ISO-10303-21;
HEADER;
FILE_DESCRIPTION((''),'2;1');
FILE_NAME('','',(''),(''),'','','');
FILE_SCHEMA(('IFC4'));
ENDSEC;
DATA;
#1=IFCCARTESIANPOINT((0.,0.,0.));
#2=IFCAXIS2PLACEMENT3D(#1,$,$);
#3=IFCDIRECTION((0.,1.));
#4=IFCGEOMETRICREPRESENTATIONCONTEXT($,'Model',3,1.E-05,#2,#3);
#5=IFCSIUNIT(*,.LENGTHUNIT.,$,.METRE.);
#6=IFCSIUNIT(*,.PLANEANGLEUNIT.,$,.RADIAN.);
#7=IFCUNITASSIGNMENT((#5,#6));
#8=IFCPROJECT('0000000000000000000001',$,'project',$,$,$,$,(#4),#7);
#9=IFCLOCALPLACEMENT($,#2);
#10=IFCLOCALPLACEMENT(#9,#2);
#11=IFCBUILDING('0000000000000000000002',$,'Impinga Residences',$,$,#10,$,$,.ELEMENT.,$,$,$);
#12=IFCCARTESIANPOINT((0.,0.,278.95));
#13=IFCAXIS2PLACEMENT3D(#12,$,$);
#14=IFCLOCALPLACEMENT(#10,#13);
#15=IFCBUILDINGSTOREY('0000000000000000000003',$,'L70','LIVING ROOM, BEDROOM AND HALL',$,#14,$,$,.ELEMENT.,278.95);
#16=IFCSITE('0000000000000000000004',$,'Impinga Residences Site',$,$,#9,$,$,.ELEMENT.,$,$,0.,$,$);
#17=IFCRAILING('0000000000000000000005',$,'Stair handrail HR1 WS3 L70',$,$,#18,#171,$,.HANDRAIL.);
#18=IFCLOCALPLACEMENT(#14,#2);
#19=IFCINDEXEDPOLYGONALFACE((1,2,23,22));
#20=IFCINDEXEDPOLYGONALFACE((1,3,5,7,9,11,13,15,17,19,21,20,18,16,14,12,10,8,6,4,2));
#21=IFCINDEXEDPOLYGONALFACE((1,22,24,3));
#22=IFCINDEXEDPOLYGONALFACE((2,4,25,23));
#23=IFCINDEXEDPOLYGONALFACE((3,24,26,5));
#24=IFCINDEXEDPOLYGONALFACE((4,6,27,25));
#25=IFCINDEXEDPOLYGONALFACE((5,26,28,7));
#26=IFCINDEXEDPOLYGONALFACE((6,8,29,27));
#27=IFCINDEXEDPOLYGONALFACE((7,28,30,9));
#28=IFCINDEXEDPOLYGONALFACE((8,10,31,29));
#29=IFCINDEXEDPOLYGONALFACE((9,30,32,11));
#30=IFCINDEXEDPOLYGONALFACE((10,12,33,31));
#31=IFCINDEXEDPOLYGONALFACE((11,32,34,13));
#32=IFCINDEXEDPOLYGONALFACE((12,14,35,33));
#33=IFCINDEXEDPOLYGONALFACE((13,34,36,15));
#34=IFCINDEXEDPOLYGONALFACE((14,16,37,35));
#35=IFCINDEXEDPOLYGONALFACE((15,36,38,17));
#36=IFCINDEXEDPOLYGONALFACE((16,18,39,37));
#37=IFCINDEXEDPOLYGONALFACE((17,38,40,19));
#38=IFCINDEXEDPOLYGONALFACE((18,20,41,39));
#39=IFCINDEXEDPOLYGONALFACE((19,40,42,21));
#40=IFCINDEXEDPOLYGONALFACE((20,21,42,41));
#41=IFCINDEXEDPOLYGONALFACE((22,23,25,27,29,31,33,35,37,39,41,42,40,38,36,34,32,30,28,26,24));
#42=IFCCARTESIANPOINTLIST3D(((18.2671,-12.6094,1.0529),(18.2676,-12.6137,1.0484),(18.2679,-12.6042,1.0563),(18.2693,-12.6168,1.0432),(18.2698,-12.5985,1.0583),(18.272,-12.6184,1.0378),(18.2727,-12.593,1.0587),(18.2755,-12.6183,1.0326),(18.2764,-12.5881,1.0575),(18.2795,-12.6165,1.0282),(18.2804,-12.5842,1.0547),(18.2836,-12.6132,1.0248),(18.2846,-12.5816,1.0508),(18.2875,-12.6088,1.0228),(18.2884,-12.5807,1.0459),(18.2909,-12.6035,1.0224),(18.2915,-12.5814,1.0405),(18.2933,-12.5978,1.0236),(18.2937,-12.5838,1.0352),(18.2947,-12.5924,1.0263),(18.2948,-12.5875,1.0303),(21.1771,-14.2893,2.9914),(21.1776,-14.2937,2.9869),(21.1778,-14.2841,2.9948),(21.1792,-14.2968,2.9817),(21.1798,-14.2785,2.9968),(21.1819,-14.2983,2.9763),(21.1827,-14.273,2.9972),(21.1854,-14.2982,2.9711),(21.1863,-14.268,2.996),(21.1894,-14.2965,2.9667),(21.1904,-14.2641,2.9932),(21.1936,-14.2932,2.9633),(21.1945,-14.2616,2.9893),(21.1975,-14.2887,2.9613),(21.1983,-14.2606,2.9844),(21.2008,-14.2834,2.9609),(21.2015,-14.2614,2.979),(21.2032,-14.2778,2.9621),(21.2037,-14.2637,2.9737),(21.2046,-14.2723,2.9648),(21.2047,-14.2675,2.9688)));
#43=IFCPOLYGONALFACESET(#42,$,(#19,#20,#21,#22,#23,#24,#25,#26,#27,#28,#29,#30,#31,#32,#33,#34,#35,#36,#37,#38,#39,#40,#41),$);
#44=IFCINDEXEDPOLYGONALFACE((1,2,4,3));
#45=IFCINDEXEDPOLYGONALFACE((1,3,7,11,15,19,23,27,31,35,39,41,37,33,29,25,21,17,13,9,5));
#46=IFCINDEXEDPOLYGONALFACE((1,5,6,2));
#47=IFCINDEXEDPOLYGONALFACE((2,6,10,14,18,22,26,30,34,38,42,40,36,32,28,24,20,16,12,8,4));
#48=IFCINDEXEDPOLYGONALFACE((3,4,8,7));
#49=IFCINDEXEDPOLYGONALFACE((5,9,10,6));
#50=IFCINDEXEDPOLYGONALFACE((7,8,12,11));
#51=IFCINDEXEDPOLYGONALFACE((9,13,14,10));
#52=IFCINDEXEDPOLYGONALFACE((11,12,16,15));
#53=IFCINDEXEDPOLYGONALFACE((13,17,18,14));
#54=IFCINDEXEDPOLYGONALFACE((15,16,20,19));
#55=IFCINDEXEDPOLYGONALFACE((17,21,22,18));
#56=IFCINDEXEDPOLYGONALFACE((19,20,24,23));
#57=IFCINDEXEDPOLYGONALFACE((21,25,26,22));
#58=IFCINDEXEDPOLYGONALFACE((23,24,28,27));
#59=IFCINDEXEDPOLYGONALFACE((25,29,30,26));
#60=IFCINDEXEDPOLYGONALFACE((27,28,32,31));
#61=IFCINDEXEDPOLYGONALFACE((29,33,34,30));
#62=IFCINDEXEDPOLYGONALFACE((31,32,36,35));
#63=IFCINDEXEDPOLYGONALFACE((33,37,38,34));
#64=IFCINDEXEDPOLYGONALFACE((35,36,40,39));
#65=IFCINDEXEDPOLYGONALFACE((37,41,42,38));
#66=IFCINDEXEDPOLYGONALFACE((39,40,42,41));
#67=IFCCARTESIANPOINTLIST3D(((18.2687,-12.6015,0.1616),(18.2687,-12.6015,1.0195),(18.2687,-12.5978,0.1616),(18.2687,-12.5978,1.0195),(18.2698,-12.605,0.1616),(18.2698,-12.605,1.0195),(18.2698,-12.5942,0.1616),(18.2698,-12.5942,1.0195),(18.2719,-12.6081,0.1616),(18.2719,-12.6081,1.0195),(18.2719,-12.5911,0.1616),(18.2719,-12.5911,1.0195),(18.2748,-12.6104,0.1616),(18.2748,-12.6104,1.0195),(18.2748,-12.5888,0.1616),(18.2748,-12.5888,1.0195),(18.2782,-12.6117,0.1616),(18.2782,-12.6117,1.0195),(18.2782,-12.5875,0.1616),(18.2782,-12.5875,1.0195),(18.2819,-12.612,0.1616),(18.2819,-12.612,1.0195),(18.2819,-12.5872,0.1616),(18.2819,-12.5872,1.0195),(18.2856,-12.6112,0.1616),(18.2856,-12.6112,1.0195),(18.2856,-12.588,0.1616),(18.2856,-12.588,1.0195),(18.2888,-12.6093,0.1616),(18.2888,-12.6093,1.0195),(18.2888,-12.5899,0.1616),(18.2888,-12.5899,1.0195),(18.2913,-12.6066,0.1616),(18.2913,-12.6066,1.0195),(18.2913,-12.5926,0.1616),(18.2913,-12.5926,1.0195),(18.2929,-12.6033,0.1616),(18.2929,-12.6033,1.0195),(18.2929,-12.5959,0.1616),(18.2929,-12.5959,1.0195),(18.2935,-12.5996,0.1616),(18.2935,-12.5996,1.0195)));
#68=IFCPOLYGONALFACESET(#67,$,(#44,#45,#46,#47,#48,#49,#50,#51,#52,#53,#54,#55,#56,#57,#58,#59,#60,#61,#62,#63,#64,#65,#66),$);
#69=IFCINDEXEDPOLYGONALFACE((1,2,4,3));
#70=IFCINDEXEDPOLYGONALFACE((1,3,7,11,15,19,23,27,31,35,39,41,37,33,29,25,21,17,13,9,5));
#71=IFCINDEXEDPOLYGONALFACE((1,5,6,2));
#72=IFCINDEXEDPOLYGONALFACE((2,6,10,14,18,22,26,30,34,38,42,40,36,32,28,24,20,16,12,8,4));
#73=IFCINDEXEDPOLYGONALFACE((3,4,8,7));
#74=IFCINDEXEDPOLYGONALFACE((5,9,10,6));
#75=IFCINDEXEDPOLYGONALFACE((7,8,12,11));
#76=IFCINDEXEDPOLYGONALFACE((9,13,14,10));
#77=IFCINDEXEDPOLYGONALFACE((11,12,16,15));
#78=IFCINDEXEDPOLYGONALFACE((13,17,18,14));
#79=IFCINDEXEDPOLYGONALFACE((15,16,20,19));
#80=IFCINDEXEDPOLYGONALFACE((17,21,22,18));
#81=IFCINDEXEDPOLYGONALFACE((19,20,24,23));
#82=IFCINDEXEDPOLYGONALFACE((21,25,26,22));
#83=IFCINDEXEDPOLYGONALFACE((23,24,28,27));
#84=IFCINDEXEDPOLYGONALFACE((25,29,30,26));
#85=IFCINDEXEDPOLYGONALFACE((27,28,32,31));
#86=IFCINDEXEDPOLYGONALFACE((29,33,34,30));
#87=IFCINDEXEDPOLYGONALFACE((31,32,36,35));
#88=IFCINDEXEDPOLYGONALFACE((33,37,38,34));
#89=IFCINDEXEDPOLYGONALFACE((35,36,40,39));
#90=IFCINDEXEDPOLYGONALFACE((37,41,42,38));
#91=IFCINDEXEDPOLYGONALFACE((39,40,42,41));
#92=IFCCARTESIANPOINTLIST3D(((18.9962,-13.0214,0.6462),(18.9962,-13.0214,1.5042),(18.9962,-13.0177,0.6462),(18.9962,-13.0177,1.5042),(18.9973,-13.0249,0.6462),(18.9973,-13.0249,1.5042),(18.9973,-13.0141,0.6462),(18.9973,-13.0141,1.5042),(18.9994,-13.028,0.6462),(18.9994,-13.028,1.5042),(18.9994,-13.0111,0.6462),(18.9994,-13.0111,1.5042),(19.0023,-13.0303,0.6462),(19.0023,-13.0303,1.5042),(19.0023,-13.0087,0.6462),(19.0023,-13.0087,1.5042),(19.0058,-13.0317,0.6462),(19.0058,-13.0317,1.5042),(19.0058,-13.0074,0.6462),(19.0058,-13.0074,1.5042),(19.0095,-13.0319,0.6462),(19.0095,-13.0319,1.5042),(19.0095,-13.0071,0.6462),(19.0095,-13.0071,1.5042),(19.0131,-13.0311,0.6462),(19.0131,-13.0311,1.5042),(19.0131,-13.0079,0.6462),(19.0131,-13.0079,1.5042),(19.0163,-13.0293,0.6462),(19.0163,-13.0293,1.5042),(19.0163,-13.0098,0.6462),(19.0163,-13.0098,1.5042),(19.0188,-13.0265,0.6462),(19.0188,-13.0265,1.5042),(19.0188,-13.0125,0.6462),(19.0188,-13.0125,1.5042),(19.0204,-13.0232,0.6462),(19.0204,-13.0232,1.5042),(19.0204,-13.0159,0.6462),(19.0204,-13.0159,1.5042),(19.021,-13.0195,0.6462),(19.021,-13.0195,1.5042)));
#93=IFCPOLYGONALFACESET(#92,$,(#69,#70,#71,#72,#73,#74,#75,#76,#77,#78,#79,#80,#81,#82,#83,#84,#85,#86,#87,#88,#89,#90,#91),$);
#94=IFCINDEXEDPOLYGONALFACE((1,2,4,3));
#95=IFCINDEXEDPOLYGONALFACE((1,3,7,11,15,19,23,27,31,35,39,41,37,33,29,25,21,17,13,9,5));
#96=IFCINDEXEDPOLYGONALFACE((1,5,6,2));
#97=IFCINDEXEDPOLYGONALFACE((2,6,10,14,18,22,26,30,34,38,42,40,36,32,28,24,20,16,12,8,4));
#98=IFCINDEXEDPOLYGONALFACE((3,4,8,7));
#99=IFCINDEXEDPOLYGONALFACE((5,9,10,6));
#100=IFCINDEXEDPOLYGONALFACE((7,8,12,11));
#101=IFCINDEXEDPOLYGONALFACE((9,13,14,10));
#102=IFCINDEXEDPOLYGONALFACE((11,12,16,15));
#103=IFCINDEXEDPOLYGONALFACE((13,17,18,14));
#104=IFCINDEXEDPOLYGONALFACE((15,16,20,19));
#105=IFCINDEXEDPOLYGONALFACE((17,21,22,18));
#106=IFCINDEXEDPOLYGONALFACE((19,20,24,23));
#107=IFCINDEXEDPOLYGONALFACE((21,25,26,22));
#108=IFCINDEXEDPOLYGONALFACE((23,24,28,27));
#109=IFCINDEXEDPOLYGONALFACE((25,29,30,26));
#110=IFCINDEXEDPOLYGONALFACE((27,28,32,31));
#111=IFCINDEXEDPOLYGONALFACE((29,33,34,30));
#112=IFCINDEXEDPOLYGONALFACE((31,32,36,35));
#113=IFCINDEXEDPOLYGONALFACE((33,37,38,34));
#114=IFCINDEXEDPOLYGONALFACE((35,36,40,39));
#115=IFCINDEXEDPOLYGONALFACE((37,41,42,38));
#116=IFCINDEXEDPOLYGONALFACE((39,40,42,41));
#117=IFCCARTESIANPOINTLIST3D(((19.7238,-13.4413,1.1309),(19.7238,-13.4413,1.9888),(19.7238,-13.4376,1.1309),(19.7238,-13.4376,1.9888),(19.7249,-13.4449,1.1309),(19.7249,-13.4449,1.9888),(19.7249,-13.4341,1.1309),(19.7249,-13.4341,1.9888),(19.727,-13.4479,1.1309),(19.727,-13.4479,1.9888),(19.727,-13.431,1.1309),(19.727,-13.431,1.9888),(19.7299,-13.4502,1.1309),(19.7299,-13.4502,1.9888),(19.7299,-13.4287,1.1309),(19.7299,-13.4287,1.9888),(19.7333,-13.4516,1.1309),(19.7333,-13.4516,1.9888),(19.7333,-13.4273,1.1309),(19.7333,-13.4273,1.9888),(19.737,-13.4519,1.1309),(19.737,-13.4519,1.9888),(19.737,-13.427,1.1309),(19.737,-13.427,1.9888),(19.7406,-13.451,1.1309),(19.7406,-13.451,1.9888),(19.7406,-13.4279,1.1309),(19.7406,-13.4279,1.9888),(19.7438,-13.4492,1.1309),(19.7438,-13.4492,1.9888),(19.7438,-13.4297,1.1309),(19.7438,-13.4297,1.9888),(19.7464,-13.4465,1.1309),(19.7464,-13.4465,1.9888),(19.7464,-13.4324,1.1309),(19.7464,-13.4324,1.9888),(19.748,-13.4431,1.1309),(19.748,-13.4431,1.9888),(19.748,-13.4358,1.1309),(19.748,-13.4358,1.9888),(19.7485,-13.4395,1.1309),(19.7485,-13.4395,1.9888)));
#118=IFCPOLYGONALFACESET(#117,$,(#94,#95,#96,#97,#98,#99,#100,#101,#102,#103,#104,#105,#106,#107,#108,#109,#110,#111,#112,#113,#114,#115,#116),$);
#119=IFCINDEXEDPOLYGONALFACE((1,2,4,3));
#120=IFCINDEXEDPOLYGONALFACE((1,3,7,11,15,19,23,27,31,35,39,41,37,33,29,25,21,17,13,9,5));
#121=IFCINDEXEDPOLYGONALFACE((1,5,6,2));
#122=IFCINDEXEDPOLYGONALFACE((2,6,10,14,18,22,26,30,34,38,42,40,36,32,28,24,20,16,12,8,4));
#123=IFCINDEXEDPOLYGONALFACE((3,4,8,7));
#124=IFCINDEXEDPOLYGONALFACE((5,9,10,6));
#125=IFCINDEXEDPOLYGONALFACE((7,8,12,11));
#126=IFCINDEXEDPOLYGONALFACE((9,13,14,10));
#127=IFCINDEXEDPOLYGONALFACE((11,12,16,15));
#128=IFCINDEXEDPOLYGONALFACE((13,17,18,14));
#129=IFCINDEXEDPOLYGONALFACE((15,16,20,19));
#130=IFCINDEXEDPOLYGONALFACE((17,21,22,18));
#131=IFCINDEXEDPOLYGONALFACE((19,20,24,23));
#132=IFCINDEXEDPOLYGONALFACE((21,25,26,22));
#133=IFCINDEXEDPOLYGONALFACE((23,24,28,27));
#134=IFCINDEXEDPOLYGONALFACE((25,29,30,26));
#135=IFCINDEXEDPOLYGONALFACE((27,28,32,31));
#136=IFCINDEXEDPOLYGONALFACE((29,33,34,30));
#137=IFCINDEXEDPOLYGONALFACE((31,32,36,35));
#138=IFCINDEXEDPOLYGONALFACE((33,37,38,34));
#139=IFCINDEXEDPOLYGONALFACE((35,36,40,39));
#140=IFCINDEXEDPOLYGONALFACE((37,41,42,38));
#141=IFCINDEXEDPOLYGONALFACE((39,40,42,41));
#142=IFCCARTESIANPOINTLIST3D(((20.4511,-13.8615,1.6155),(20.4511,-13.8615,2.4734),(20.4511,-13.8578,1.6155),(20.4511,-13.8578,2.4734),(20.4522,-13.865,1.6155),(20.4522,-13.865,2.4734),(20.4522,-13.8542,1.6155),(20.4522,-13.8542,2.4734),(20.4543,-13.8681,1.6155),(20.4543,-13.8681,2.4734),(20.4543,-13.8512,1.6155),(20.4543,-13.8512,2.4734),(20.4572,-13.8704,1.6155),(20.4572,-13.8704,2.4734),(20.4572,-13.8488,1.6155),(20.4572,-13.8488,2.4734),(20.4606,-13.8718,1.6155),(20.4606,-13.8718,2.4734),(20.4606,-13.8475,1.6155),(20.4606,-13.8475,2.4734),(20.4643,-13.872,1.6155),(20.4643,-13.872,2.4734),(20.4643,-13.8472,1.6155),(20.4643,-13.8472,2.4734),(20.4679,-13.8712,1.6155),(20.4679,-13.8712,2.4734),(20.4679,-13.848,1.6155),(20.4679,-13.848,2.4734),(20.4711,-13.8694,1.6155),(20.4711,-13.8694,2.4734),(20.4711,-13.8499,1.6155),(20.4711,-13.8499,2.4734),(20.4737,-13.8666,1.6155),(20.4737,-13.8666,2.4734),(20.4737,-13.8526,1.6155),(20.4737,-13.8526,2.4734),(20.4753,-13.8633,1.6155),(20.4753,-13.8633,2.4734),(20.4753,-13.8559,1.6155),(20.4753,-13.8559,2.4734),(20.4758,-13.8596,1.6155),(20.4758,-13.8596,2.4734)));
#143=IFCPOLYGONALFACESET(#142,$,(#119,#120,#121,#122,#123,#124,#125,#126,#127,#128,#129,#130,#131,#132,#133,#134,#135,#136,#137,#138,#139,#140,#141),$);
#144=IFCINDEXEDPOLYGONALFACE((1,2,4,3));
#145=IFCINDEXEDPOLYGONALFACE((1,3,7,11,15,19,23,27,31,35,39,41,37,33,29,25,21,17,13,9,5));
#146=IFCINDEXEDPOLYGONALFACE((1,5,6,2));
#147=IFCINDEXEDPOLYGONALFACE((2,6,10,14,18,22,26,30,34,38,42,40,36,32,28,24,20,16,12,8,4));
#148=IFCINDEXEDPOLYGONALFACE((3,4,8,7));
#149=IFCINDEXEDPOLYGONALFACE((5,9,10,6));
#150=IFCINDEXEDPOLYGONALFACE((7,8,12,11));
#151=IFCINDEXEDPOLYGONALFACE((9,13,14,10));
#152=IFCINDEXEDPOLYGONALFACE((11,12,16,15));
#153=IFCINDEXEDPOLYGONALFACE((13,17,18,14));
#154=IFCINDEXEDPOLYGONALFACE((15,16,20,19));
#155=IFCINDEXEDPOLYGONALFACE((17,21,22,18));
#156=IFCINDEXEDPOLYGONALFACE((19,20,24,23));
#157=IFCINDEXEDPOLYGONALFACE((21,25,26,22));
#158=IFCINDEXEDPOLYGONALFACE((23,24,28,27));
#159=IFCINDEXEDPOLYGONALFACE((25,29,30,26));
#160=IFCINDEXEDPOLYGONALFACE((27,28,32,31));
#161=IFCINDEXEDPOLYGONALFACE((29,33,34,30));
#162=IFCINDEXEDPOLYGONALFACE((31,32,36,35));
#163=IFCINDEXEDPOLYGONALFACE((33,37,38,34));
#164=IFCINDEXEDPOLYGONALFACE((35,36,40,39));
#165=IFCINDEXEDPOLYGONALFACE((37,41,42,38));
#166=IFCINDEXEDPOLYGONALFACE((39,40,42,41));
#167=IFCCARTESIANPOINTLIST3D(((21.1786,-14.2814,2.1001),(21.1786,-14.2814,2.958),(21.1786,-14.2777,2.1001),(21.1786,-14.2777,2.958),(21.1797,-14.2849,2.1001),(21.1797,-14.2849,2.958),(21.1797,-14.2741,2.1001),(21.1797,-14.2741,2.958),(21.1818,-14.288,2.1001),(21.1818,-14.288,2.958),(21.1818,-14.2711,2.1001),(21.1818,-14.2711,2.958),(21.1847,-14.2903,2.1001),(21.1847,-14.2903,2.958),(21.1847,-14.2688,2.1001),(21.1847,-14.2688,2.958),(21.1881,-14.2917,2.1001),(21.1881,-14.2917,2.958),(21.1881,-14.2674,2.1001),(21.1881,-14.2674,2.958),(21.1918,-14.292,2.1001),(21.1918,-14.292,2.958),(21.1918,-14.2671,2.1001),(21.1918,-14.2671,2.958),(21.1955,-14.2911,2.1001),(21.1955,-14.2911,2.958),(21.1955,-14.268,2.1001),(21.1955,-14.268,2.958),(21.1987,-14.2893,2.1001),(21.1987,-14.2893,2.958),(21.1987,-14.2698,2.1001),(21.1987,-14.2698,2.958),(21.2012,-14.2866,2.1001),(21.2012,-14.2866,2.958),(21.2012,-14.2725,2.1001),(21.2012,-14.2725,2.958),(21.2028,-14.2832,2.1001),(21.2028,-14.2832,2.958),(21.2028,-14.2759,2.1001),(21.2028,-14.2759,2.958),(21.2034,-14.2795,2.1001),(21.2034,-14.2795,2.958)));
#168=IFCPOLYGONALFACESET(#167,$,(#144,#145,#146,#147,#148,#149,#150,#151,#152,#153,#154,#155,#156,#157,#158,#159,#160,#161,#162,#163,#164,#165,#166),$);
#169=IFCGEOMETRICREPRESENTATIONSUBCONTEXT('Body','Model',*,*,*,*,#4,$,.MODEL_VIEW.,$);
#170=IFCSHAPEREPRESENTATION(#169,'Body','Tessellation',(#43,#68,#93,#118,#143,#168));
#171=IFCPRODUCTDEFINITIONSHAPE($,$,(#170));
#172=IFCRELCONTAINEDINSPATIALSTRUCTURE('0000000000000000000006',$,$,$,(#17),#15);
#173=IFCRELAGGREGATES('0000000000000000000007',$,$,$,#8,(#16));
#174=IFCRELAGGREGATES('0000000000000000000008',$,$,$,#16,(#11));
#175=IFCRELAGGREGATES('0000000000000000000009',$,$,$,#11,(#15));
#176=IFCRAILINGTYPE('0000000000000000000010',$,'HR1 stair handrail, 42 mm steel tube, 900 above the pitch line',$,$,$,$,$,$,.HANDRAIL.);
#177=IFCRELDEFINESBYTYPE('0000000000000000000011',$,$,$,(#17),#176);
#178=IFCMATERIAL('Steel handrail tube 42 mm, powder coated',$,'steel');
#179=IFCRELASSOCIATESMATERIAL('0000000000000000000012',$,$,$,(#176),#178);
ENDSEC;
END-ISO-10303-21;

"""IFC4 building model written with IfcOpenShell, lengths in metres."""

from ifc_helpers import new_model, si_unit, direction, frame, origin, origin_2d, place, context, subcontext, project, spatial, circle, extrude, material, type_object, element, save


model = new_model("IFC4")

# Units and contexts
model_context = context("Model", 3, precision=1e-05, world=origin(), true_north=direction((0.0, 1.0)))
body_context = subcontext(model_context, "Body", "Model", "MODEL_VIEW")
ifc_project = project(units=[si_unit("LENGTHUNIT", "METRE"), si_unit("PLANEANGLEUNIT", "RADIAN")], contexts=[model_context])

# Site, building, storey
site_placement = place(None, origin())
site = spatial("IfcSite", under=ifc_project, at=site_placement, Name="Impinga Residences Site", CompositionType="ELEMENT", RefElevation=0.0)
building_placement = place(site_placement, origin())
building = spatial("IfcBuilding", under=site, at=building_placement, Name="Impinga Residences", CompositionType="ELEMENT")
storey_placement = place(building_placement, frame((0.0, 0.0, 278.95)))
storey = spatial("IfcBuildingStorey", under=building, at=storey_placement, Name="L70", Description="LIVING ROOM, BEDROOM AND HALL", CompositionType="ELEMENT", Elevation=278.95)

# Railing
ifc_material_1 = material(Name="Steel handrail tube 42 mm, powder coated", Category="steel")
railing_type = type_object("IfcRailingType", Name="HR1 stair handrail, 42 mm steel tube, 900 above the pitch line", PredefinedType="HANDRAIL", material=ifc_material_1)
railing_1_placement = place(storey_placement, frame((18.281, -12.5996, 0.1616)))
element("IfcRailing", 1, at=railing_1_placement, inside=storey, type_object=railing_type, Name="Stair handrail HR1 WS3 L70", PredefinedType="HANDRAIL", context=body_context, shape_type="SweptSolid", body=[
    extrude(circle(Radius=0.021, at=origin_2d()), frame((0.0, 0.0, 0.8789), z_axis=(0.750151, -0.433072, 0.499723), x_axis=(0.499976, 0.866039, 0.0)), (0.0, 0.0, 1.0), 3.8792),
    extrude(circle(Radius=0.0125, at=origin_2d()), origin(), (0.0, 0.0, 1.0), 0.8579),
    extrude(circle(Radius=0.0125, at=origin_2d()), frame((0.7275, -0.4199, 0.4846)), (0.0, 0.0, 1.0), 0.8579),
    extrude(circle(Radius=0.0125, at=origin_2d()), frame((1.4551, -0.8398, 0.9692)), (0.0, 0.0, 1.0), 0.8579),
    extrude(circle(Radius=0.0125, at=origin_2d()), frame((2.1824, -1.26, 1.4539)), (0.0, 0.0, 1.0), 0.8579),
    extrude(circle(Radius=0.0125, at=origin_2d()), frame((2.9099, -1.6799, 1.9385)), (0.0, 0.0, 1.0), 0.8579),
])

save(model, "model.ifc")
